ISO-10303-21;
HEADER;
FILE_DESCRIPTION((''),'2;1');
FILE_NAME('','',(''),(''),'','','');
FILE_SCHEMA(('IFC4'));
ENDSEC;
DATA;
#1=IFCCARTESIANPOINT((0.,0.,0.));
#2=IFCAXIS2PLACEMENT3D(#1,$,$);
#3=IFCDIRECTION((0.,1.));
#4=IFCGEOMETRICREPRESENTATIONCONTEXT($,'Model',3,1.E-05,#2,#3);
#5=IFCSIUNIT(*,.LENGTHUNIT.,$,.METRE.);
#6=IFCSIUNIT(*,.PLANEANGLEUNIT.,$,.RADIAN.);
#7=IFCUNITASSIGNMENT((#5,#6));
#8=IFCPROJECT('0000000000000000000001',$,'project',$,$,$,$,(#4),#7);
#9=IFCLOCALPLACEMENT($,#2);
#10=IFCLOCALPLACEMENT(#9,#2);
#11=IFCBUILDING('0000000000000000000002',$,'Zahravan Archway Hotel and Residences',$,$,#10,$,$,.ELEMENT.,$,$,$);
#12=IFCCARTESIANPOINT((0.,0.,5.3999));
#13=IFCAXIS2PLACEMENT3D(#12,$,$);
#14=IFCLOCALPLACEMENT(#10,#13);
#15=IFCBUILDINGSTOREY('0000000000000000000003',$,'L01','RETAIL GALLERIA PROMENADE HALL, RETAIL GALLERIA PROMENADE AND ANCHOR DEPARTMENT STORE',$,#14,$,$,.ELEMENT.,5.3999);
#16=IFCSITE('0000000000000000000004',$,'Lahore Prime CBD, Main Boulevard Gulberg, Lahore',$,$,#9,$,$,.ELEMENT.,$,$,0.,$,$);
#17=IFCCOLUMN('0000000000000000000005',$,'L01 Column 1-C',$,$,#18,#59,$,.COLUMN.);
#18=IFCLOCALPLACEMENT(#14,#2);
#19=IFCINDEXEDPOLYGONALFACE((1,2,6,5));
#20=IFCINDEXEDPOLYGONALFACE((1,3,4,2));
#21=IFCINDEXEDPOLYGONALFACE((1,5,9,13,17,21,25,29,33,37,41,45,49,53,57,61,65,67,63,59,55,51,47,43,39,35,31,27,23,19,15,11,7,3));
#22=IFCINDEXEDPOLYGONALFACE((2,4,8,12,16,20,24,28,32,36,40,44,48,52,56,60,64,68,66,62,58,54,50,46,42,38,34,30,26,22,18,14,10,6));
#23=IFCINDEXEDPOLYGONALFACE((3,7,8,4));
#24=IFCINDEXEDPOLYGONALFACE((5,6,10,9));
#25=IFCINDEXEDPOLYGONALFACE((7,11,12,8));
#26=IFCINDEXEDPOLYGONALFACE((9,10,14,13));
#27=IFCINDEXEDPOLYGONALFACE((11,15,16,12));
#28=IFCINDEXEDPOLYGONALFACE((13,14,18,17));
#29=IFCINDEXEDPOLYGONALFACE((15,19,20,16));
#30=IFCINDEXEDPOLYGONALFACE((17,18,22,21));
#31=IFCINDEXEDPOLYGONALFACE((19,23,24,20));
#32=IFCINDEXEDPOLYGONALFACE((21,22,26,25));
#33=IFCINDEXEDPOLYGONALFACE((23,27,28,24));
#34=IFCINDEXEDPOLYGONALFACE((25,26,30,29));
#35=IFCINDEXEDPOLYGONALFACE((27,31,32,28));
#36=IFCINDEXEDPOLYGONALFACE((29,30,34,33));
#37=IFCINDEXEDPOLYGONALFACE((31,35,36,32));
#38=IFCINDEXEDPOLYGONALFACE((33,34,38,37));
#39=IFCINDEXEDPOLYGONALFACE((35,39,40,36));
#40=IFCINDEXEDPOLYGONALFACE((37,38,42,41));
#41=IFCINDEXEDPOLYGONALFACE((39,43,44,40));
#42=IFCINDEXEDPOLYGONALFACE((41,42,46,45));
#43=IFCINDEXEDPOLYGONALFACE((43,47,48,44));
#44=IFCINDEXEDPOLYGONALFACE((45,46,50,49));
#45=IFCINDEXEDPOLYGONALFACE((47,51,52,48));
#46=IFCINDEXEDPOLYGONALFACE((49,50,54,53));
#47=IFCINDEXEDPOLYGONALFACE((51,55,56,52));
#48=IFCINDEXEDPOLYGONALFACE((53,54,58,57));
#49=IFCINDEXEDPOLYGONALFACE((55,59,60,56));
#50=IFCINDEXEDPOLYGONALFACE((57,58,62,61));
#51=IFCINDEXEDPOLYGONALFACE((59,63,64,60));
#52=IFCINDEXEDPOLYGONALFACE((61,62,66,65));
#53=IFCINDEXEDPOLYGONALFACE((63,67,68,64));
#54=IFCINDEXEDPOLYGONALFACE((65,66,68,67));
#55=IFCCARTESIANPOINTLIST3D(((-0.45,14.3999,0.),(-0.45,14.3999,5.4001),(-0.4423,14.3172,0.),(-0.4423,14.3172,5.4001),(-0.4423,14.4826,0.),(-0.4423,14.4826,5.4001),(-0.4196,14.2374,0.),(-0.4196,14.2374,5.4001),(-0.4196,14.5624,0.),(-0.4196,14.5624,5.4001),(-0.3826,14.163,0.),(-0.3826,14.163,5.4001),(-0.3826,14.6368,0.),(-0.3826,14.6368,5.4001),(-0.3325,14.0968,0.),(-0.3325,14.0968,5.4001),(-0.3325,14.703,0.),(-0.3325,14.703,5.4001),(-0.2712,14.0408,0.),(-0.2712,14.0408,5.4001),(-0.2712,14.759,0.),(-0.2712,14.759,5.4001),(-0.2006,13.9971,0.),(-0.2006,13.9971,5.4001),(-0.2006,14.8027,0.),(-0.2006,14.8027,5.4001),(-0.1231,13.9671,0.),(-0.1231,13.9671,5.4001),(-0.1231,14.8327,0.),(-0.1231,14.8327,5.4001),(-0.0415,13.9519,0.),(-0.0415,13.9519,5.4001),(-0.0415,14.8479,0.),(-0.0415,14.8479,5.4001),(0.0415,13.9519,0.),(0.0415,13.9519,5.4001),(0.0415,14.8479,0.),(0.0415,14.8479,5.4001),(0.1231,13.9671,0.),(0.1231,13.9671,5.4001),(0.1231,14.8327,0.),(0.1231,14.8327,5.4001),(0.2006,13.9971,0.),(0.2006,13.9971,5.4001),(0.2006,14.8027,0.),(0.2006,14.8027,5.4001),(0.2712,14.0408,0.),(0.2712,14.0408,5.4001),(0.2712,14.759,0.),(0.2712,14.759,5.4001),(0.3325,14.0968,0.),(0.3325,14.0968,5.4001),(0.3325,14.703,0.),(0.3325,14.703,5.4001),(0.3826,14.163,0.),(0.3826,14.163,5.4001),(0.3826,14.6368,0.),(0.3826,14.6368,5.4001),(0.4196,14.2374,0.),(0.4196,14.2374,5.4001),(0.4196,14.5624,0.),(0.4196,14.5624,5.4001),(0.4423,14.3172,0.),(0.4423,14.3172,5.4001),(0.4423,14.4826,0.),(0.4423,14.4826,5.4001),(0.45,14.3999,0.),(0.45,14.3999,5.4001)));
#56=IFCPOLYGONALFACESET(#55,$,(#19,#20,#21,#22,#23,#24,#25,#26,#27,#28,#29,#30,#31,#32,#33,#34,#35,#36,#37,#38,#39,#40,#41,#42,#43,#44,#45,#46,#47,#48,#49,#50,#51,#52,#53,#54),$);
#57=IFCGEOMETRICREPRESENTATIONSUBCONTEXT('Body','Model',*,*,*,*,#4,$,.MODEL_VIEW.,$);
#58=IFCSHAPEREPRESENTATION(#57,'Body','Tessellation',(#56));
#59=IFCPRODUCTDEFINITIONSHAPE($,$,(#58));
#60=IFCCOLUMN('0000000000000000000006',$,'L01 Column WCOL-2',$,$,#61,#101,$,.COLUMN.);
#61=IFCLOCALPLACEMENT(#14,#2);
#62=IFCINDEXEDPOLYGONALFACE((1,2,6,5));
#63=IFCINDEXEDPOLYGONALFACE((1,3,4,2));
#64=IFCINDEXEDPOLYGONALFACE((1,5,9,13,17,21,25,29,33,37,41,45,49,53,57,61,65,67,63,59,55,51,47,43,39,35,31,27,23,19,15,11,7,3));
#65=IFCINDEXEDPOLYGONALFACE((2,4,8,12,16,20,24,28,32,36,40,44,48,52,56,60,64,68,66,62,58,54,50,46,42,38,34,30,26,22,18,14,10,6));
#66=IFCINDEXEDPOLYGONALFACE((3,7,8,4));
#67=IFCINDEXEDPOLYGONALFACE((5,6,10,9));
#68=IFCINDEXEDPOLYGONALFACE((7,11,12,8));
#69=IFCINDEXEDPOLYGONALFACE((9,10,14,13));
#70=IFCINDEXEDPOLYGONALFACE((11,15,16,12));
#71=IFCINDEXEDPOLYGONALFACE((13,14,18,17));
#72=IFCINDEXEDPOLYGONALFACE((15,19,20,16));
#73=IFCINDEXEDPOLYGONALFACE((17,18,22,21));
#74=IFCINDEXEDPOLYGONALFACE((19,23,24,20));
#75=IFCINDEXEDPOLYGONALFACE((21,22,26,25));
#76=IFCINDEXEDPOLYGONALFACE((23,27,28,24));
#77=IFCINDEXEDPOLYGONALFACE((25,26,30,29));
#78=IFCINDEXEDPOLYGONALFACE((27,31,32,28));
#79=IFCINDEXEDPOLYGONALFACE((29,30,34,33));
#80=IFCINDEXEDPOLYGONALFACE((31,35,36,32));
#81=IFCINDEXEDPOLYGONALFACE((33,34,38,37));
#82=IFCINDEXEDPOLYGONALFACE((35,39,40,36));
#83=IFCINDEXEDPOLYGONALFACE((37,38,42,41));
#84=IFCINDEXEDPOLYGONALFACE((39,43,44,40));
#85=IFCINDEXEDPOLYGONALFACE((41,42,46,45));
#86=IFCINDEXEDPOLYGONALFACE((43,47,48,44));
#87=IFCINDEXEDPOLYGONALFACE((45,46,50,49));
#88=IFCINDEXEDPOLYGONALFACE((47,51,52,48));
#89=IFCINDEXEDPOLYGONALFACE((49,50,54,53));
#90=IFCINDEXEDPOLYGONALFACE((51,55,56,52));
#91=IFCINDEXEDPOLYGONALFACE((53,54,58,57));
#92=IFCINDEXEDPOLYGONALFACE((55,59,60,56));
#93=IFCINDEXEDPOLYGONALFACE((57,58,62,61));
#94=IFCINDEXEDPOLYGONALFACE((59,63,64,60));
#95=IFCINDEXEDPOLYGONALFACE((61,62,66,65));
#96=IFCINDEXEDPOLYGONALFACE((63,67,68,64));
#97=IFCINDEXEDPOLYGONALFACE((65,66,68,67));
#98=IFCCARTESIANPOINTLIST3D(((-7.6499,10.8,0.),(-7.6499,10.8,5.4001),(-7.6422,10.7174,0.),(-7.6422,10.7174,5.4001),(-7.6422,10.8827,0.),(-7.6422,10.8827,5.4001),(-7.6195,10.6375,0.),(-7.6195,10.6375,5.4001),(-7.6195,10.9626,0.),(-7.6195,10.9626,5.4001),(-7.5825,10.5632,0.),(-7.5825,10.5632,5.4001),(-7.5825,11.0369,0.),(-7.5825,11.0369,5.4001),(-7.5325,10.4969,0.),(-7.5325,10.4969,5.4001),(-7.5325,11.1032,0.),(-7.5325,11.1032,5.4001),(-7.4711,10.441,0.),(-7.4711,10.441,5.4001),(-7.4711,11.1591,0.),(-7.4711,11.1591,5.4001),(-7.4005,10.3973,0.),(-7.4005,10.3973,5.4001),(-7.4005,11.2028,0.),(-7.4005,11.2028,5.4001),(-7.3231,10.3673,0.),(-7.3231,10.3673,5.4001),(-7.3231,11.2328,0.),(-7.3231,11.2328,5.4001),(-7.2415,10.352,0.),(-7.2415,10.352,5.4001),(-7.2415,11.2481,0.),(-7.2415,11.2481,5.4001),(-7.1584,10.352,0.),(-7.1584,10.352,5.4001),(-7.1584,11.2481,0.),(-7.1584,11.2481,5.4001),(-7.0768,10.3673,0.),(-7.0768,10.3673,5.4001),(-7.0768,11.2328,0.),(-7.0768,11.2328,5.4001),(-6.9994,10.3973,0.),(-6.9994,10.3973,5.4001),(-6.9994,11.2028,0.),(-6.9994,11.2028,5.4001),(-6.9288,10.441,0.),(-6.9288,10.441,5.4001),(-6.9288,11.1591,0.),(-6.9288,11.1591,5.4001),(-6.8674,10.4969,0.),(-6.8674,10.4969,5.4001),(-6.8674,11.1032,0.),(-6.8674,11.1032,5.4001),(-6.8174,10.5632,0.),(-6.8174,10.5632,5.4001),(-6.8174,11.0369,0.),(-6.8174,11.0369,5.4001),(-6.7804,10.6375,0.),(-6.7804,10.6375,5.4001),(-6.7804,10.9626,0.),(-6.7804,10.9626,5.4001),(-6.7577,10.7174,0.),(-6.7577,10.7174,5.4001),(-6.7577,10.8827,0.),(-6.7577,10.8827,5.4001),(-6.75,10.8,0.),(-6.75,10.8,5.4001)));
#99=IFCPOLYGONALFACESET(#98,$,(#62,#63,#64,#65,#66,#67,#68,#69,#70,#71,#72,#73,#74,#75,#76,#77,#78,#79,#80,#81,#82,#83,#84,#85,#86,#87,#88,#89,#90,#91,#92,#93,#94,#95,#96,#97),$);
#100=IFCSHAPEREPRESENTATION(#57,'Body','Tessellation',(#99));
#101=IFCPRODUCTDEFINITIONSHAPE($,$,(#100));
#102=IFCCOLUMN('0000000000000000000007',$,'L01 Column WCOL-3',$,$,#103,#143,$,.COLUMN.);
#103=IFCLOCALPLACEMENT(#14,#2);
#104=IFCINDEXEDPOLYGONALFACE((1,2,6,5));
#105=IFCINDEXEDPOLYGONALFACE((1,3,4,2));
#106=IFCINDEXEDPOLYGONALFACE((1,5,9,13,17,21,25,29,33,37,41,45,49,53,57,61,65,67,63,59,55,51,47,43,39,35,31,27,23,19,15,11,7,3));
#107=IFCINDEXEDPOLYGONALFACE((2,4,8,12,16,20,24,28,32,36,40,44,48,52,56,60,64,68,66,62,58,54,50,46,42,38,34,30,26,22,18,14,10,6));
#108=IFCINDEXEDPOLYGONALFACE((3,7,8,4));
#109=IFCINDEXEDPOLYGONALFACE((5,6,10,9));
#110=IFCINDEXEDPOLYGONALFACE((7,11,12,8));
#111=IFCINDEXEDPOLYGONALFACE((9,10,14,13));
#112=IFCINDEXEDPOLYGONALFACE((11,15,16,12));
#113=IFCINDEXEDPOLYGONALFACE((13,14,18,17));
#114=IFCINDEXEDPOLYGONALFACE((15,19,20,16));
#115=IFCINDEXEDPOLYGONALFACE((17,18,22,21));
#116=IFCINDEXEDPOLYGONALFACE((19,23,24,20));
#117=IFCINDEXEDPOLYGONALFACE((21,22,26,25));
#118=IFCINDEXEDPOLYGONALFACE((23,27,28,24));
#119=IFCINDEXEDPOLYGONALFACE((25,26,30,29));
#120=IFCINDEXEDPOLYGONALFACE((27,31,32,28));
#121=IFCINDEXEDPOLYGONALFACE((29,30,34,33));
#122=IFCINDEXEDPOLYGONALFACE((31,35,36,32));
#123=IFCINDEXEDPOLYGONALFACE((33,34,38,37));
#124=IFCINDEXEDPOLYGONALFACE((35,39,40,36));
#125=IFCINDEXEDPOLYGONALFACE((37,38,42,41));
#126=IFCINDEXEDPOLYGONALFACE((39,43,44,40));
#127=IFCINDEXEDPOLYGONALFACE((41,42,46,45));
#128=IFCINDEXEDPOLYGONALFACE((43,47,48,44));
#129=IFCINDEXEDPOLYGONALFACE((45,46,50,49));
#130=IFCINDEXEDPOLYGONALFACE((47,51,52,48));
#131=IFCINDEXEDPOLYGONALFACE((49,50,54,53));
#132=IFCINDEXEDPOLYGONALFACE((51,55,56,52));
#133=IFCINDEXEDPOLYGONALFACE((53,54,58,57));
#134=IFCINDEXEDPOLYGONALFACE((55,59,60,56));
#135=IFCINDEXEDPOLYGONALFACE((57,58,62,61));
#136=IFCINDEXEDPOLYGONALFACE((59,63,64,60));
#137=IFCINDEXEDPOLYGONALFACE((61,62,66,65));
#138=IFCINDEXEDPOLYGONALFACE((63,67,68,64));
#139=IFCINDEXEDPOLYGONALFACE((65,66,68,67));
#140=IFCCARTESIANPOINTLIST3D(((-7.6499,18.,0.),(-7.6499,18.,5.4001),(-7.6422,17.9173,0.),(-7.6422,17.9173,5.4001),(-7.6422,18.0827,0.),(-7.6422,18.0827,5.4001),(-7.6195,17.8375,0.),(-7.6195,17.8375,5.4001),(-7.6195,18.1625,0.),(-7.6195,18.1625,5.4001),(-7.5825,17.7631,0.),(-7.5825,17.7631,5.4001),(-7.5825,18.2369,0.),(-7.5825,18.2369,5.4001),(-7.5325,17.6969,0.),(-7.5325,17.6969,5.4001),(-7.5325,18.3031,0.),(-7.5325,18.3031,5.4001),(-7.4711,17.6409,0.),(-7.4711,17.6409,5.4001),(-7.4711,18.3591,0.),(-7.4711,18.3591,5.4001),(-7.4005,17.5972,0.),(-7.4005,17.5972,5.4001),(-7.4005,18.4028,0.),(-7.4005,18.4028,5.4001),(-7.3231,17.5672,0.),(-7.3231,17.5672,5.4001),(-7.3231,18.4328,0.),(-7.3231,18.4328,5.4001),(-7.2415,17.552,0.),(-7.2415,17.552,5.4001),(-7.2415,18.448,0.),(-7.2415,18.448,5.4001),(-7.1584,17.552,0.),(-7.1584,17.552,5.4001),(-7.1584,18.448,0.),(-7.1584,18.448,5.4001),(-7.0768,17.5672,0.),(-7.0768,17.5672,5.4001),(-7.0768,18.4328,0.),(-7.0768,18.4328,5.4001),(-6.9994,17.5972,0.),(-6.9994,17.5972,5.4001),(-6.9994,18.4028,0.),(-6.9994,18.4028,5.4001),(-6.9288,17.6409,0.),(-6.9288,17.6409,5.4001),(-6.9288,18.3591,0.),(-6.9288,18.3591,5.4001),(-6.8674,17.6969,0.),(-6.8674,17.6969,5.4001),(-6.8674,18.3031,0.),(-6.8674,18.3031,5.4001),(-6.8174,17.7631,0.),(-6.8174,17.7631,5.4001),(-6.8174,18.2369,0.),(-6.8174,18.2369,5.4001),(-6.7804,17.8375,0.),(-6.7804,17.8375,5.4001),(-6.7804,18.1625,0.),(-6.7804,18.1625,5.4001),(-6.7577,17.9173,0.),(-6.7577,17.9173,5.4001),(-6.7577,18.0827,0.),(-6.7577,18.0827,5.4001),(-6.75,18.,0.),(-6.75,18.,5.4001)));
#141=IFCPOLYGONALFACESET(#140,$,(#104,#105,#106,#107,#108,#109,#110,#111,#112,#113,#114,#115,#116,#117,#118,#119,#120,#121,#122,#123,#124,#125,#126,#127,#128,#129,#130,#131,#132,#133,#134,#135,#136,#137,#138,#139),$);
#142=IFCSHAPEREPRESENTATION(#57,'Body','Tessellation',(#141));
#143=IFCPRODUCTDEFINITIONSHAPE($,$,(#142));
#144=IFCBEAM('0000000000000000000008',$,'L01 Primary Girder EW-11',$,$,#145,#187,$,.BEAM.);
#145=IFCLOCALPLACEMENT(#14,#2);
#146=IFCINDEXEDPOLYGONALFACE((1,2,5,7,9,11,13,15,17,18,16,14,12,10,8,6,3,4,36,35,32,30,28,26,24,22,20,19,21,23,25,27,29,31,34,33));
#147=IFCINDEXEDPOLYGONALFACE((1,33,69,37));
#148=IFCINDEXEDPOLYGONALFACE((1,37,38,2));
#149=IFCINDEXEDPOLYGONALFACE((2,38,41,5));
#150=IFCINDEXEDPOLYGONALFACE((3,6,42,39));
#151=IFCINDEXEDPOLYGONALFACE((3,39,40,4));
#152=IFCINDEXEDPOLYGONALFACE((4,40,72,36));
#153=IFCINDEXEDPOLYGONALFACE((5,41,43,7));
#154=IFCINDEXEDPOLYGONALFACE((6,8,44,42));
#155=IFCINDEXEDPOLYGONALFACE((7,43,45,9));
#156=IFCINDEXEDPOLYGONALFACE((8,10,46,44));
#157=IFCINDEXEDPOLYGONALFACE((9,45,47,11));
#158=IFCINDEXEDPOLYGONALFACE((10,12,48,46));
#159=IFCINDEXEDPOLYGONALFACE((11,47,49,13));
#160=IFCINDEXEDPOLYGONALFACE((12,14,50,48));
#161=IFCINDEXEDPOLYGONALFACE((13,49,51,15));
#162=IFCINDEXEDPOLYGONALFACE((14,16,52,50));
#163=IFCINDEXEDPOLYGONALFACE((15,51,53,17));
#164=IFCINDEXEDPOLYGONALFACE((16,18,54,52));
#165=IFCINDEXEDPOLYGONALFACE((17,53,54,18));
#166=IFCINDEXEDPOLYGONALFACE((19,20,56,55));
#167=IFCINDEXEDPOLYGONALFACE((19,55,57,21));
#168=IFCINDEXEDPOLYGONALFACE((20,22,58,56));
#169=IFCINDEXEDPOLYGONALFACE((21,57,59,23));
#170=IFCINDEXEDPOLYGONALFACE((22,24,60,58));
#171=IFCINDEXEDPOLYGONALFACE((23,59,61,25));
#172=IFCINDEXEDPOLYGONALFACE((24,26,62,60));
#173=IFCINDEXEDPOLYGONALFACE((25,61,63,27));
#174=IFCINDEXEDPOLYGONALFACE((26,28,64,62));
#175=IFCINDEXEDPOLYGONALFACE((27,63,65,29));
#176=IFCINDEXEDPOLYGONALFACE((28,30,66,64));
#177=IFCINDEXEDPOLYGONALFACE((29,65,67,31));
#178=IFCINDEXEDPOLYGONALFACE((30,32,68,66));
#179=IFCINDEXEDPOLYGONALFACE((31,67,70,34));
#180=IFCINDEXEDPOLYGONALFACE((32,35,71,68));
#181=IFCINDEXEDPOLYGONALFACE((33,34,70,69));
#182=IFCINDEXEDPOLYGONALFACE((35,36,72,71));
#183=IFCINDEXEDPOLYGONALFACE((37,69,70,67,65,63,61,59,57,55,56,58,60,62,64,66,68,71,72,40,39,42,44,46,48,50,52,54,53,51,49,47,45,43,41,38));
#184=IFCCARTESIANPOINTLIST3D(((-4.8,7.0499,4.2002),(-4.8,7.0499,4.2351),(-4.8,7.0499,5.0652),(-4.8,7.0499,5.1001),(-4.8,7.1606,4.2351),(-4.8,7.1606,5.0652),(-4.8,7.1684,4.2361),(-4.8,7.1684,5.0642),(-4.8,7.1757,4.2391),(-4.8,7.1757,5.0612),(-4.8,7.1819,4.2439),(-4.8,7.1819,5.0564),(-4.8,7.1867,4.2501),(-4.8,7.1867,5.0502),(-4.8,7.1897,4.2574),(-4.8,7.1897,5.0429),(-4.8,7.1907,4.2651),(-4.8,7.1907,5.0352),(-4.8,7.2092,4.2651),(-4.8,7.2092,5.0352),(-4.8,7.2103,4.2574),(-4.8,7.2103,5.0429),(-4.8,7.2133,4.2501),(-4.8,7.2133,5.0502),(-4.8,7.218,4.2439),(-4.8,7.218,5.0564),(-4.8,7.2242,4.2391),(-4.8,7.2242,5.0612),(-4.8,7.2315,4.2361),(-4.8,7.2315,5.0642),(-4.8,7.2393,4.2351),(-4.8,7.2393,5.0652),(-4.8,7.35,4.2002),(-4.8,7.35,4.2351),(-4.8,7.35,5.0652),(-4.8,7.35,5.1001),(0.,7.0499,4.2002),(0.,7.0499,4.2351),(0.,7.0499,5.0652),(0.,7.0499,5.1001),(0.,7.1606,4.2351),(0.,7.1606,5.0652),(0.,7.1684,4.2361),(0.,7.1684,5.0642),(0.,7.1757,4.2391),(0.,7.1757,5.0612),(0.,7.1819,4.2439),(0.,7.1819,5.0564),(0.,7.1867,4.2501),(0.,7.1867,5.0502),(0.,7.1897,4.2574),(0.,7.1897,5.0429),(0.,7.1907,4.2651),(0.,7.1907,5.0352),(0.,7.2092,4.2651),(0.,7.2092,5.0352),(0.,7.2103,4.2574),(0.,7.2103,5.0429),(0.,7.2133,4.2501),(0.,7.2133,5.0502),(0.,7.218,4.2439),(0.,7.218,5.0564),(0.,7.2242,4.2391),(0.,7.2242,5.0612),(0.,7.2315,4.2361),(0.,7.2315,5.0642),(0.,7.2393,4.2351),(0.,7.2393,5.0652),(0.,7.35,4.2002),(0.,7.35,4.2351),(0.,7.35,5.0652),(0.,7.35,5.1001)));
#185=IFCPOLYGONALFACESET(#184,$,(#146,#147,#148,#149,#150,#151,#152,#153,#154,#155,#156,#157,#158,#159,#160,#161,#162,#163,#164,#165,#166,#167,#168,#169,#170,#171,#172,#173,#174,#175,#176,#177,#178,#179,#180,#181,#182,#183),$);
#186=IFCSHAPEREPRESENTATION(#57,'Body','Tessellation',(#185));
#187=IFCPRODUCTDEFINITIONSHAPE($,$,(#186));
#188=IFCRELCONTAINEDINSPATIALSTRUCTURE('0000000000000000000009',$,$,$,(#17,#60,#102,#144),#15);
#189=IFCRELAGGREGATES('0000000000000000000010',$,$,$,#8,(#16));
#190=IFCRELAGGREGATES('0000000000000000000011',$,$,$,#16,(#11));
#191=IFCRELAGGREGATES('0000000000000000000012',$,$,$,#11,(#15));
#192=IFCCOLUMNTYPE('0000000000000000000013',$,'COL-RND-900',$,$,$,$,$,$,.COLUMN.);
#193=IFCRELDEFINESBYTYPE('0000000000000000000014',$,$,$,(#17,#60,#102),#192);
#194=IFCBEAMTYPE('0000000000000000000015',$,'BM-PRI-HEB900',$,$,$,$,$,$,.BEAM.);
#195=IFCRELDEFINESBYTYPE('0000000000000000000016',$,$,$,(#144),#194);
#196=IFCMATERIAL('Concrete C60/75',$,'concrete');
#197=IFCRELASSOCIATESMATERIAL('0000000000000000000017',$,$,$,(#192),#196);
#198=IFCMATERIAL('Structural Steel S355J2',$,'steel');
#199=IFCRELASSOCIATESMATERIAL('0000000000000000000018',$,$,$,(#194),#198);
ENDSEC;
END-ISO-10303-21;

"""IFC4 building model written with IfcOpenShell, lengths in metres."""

from ifc_helpers import new_model, si_unit, direction, frame, origin, origin_2d, place, context, subcontext, project, spatial, circle, i_section, extrude, source, transform, mapped, material, material_profile, profile_set, type_object, type_shapes, element, save


model = new_model("IFC4")

# Units and contexts
model_context = context("Model", 3, precision=1e-05, world=origin(), true_north=direction((0.0, 1.0)))
body_context = subcontext(model_context, "Body", "Model", "MODEL_VIEW")
ifc_project = project(units=[si_unit("LENGTHUNIT", "METRE"), si_unit("PLANEANGLEUNIT", "RADIAN")], contexts=[model_context])

# Site, building, storey
site_placement = place(None, origin())
site = spatial("IfcSite", under=ifc_project, at=site_placement, Name="Lahore Prime CBD, Main Boulevard Gulberg, Lahore", CompositionType="ELEMENT", RefElevation=0.0)
building_placement = place(site_placement, origin())
building = spatial("IfcBuilding", under=site, at=building_placement, Name="Zahravan Archway Hotel and Residences", CompositionType="ELEMENT")
storey_placement = place(building_placement, frame((0.0, 0.0, 5.3999)))
storey = spatial("IfcBuildingStorey", under=building, at=storey_placement, Name="L01", Description="RETAIL GALLERIA PROMENADE HALL, RETAIL GALLERIA PROMENADE AND ANCHOR DEPARTMENT STORE", CompositionType="ELEMENT", Elevation=5.3999)

# Columns
ifc_material_1 = material(Name="Concrete C60/75", Category="concrete")
ifc_material_profile_1 = material_profile(ifc_material_1, circle(Radius=0.45, at=origin_2d()), Name="RC-CIRC-900", Category="concrete")
ifc_profile_set_1 = profile_set([ifc_material_profile_1], Name="Concrete C60/75")
column_type = type_object("IfcColumnType", Name="COL-RND-900", PredefinedType="COLUMN", material=ifc_profile_set_1)
shared_shape_1 = source(origin(), body_context, "Body", "SweptSolid", [
    extrude(circle(Radius=0.45, at=origin_2d()), origin(), (0.0, 0.0, 1.0), 5.4001),
])
for number, where, z_axis, x_axis, name in (
    (1, (0.0, 14.3999, 0.0), (0.0, 0.0, 1.0), (1.0, 0.0, 0.0), "L01 Column 1-C"),
    (2, (-7.2, 10.8, 0.0), (0.0, 0.0, 1.0), (1.0, 0.0, 0.0), "L01 Column WCOL-2"),
    (3, (-7.2, 18.0, 0.0), (0.0, 0.0, 1.0), (1.0, 0.0, 0.0), "L01 Column WCOL-3"),
):
    element("IfcColumn", number, at=place(storey_placement, frame(where, z_axis=z_axis, x_axis=x_axis)), inside=storey, type_object=column_type, Name=name, PredefinedType="COLUMN", context=body_context, shape_type="MappedRepresentation", body=[
        mapped(shared_shape_1, transform((0.0, 0.0, 0.0), scale=1.0)),
    ])

# Beam
ifc_material_2 = material(Name="Structural Steel S355J2", Category="steel")
ifc_material_profile_2 = material_profile(ifc_material_2, i_section(OverallWidth=0.3, OverallDepth=0.8999, WebThickness=0.0186, FlangeThickness=0.0349, FilletRadius=0.03, at=origin_2d()), Name="HEB 900", Category="steel")
ifc_profile_set_2 = profile_set([ifc_material_profile_2], Name="Structural Steel S355J2")
beam_type_1 = type_object("IfcBeamType", Name="BM-PRI-HEB900", PredefinedType="BEAM", material=ifc_profile_set_2)
shared_shape_2 = source(origin(), body_context, "Body", "SweptSolid", [
    extrude(i_section(OverallWidth=0.3, OverallDepth=0.8999, WebThickness=0.0186, FlangeThickness=0.0349, FilletRadius=0.03, at=origin_2d()), origin(), (0.0, 0.0, 1.0), 4.8),
])
type_shapes(beam_type_1, [shared_shape_2])
for number, where, z_axis, x_axis, name in (
    (4, (-4.8, 7.2, 4.6501), (1.0, 0.0, 0.0), (0.0, 1.0, 0.0), "L01 Primary Girder EW-11"),
):
    element("IfcBeam", number, at=place(storey_placement, frame(where, z_axis=z_axis, x_axis=x_axis)), inside=storey, type_object=beam_type_1, Name=name, PredefinedType="BEAM", context=body_context, shape_type="MappedRepresentation", body=[
        mapped(shared_shape_2, transform((0.0, 0.0, 0.0), scale=1.0)),
    ])

save(model, "model.ifc")
